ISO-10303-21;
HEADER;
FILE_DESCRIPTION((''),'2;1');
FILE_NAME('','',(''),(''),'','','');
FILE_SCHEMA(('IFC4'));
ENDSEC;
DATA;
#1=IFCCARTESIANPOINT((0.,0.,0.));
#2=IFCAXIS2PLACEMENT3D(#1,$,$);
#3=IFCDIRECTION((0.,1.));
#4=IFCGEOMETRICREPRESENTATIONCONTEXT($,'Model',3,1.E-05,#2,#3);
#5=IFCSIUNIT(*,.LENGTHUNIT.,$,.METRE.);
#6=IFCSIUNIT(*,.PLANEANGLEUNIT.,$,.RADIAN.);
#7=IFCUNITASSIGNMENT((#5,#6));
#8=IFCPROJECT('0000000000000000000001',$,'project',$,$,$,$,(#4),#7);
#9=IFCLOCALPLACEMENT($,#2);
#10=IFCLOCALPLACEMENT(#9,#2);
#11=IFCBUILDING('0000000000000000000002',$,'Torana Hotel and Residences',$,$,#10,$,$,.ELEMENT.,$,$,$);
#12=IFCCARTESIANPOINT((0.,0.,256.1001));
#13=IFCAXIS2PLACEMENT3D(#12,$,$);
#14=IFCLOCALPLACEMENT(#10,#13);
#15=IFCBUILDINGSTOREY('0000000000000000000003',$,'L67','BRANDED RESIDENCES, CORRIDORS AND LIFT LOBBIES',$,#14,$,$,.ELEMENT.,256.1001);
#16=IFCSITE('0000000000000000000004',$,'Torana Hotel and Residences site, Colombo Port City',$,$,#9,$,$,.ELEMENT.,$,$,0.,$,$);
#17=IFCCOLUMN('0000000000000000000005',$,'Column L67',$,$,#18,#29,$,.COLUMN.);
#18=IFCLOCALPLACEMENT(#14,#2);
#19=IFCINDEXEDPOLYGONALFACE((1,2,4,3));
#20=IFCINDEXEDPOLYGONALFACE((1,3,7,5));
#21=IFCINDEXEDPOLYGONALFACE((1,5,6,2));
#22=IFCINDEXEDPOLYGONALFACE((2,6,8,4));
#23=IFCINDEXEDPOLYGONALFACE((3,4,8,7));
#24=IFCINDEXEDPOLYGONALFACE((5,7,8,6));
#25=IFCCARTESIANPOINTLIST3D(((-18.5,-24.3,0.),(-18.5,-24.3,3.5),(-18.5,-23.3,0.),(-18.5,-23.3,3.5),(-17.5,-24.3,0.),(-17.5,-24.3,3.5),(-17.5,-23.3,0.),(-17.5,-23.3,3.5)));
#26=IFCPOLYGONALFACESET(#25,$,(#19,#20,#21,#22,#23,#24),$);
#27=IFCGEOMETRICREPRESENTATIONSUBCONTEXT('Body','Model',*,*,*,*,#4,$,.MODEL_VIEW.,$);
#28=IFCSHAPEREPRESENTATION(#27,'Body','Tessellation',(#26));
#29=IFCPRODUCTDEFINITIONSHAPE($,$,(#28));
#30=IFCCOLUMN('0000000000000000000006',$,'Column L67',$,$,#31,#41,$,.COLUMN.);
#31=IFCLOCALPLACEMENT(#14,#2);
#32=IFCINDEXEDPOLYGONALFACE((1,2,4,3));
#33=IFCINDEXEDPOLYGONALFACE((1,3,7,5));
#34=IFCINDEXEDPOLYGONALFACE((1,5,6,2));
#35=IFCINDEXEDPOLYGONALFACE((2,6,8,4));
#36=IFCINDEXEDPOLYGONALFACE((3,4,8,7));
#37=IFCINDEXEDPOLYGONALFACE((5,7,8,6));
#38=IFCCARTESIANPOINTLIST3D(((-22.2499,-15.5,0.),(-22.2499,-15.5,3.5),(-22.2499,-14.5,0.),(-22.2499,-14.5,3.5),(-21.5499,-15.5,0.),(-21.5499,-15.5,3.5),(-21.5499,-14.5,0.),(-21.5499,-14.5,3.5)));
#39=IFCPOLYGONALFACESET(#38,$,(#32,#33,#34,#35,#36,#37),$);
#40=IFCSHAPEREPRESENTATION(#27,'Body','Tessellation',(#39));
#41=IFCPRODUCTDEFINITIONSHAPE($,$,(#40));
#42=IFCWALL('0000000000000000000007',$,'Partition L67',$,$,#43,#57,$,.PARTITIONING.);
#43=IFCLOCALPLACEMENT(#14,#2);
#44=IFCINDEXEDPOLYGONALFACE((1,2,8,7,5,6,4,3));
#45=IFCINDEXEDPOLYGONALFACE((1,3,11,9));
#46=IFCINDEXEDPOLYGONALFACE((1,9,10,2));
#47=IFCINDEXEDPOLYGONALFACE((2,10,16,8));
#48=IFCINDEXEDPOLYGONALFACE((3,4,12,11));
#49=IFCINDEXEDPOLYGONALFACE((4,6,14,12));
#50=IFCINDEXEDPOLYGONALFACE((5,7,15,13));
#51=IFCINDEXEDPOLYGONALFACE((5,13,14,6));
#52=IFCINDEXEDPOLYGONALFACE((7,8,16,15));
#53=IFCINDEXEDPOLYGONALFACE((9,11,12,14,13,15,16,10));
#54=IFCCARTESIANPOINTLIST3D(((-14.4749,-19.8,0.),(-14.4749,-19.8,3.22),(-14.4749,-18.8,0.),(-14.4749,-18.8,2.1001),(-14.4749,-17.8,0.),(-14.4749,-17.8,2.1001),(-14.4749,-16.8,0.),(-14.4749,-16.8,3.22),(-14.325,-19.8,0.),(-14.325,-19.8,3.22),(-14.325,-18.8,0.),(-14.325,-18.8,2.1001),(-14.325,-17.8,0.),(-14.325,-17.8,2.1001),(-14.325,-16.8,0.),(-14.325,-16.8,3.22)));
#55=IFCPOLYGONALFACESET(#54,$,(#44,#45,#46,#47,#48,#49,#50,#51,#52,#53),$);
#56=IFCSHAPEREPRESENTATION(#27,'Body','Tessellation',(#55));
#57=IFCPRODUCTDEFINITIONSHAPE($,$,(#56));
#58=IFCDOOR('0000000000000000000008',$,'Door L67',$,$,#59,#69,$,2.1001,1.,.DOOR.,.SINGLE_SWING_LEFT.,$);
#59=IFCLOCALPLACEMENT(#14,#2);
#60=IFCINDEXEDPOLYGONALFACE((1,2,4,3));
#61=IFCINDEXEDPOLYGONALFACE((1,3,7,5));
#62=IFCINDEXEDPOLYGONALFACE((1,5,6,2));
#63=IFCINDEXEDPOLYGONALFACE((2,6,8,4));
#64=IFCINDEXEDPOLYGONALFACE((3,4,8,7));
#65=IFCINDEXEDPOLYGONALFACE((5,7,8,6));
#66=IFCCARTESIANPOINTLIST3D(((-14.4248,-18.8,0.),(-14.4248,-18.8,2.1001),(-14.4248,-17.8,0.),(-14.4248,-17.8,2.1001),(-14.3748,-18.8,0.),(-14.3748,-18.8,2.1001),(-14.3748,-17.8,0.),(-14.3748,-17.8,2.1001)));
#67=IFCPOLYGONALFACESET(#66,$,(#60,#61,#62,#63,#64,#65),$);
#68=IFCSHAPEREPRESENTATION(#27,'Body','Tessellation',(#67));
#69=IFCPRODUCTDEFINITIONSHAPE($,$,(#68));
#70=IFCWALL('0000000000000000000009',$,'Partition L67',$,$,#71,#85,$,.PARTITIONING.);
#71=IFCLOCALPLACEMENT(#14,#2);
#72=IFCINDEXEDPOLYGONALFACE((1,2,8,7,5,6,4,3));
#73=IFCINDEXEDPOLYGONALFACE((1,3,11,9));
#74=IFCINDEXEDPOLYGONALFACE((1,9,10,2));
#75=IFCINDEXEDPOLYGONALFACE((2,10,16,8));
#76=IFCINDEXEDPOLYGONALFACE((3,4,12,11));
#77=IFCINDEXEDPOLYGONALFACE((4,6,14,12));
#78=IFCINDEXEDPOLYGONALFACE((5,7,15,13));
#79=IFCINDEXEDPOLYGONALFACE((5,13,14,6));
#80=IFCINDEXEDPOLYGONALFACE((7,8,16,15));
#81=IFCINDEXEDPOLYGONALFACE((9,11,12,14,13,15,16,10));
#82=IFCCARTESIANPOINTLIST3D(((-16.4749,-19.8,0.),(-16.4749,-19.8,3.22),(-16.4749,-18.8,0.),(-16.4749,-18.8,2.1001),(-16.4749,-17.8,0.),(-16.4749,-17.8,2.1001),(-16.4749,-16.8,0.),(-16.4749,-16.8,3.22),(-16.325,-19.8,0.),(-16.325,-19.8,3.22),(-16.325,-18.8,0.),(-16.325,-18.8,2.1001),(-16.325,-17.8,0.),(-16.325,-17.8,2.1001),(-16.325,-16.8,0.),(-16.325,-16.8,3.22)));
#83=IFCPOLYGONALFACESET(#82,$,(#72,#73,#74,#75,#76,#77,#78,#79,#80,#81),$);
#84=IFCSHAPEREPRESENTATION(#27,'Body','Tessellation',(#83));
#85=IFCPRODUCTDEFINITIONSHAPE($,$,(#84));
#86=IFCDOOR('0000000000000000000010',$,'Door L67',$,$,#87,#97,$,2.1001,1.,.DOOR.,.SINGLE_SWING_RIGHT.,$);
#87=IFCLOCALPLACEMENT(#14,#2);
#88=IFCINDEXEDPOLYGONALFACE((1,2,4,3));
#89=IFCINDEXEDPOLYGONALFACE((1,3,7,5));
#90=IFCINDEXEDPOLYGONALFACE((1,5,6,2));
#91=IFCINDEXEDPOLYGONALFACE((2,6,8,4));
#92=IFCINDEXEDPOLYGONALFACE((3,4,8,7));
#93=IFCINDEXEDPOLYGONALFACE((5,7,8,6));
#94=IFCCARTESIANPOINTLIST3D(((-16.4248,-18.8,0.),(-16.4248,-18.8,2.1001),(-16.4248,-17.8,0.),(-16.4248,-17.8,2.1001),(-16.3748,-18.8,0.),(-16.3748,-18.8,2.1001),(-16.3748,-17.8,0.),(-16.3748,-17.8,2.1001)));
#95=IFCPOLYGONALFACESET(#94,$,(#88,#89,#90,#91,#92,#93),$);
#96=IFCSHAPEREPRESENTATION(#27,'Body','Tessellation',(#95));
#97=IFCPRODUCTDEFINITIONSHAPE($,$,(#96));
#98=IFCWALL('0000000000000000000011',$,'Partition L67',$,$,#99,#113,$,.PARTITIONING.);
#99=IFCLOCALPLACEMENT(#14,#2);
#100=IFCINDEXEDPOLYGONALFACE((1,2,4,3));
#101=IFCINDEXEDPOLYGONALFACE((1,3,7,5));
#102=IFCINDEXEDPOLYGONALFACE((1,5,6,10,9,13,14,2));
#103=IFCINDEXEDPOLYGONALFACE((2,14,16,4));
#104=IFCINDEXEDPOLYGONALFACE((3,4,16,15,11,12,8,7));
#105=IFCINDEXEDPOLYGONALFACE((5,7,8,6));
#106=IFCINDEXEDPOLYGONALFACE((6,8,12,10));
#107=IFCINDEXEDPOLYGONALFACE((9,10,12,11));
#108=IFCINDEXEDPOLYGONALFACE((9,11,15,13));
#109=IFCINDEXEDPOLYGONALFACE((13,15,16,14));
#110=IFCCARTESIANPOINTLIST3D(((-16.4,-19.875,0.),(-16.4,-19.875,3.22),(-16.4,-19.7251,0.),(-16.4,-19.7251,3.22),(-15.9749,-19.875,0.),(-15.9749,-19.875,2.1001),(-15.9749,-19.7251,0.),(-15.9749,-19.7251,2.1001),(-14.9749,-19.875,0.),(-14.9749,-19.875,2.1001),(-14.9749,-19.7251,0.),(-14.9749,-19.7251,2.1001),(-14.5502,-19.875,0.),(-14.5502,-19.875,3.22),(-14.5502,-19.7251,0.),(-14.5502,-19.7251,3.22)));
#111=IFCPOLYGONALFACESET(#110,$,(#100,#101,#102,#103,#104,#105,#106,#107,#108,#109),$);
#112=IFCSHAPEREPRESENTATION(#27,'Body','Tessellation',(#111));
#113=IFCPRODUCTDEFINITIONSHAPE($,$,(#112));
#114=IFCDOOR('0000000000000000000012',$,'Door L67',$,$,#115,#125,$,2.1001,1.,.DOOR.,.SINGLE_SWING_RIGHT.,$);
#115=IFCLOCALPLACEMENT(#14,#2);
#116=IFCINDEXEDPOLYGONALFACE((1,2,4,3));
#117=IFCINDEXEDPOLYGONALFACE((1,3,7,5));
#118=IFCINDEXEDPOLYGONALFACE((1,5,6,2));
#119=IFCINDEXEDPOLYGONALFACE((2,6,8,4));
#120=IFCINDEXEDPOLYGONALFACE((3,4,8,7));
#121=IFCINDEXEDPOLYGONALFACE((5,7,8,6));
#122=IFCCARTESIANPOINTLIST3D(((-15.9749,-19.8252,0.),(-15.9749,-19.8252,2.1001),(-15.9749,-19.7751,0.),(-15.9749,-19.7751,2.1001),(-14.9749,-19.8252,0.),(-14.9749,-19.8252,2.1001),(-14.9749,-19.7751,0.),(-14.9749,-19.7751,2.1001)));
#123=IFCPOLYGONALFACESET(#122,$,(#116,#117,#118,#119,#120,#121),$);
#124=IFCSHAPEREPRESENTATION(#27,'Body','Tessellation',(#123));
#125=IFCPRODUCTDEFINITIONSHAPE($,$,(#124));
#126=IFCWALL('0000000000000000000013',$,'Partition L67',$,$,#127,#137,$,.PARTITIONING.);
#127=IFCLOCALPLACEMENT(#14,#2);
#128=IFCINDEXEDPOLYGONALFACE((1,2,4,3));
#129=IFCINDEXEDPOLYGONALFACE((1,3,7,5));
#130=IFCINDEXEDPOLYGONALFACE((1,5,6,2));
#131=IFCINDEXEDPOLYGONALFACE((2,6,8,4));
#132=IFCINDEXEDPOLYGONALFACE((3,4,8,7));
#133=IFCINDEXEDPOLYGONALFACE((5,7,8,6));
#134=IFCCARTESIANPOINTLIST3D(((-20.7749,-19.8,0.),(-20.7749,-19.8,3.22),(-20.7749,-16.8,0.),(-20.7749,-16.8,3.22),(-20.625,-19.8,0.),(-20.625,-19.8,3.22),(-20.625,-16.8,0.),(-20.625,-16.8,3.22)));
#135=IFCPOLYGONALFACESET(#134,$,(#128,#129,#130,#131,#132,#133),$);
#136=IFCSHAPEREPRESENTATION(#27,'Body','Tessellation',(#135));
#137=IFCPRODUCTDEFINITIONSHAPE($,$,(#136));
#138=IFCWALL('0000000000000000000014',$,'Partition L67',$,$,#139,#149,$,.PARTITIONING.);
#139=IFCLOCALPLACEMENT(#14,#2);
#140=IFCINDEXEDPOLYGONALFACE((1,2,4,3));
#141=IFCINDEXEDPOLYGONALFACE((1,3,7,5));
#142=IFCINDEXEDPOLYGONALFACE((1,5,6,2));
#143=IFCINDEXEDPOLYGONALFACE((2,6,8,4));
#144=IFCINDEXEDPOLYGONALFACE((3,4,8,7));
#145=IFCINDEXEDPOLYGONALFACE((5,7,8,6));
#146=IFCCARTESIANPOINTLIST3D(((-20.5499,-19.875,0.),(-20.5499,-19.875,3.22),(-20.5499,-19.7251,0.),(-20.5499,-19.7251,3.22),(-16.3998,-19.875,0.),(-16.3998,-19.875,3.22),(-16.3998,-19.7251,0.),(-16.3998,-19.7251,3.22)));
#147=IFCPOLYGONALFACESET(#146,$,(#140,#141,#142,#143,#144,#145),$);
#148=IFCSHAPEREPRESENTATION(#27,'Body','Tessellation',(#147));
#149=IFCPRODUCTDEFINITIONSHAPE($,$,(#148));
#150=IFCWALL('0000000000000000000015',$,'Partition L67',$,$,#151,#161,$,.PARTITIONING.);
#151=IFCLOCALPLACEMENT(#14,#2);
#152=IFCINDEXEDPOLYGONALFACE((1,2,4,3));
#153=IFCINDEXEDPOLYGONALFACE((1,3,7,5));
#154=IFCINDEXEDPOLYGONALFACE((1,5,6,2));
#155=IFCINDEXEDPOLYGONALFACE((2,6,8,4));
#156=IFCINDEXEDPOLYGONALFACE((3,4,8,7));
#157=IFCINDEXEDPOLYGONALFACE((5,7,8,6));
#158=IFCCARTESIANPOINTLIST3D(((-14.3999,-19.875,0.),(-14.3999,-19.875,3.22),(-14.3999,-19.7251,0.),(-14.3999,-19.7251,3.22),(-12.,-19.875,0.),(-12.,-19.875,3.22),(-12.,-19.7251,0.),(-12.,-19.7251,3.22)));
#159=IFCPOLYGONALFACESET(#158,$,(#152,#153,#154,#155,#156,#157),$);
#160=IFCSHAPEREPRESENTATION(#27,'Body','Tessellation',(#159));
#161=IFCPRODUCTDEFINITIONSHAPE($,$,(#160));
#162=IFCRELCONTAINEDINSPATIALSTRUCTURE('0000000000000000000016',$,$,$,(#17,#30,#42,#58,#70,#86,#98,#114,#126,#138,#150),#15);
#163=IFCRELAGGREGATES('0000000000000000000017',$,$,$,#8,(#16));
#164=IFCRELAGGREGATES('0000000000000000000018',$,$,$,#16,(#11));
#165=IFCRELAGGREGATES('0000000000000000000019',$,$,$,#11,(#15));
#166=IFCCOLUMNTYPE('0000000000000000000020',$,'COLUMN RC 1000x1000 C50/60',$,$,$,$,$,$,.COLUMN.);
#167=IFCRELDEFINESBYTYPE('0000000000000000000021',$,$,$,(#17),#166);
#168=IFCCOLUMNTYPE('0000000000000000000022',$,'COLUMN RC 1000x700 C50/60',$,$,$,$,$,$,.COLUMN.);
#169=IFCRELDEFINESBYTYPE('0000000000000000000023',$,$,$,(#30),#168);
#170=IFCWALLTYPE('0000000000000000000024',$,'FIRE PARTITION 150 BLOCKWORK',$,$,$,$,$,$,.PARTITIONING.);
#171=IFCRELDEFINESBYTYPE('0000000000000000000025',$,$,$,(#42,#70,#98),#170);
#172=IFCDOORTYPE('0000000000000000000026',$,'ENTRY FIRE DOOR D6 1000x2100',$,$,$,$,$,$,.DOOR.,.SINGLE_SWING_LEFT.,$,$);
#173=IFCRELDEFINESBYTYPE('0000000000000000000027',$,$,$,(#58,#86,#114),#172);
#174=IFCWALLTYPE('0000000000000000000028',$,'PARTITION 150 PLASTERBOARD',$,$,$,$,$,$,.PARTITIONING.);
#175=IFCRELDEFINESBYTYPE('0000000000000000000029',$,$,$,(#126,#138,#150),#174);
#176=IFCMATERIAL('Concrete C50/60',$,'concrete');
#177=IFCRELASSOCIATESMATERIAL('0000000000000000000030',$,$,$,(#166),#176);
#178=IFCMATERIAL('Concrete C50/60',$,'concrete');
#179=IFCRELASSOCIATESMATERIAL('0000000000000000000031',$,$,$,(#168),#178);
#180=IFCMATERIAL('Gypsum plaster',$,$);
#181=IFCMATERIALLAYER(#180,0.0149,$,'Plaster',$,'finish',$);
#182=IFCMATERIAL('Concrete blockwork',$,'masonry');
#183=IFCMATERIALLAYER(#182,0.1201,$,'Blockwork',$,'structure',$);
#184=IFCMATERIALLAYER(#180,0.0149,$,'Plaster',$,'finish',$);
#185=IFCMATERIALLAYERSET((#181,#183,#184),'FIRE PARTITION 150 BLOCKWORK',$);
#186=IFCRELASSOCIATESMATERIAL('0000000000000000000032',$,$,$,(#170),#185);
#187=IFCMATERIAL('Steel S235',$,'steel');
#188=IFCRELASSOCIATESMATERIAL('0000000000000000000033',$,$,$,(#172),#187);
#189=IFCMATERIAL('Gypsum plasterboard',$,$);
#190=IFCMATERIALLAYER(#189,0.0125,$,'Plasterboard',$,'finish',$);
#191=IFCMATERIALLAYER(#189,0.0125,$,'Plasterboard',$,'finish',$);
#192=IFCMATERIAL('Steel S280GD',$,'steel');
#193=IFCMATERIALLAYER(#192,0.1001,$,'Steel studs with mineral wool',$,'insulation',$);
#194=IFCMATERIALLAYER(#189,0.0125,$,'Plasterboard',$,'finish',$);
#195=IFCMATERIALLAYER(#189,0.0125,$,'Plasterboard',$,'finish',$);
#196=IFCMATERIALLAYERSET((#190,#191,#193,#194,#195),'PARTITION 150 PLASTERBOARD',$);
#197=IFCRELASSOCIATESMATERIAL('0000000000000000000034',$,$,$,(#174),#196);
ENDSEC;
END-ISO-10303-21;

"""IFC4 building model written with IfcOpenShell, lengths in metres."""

from ifc_helpers import new_model, si_unit, direction, frame, frame_2d, origin, origin_2d, place, context, subcontext, project, spatial, rectangle, extrude, material, layer, layer_set, material_profile, profile_set, type_object, element, fill, save


model = new_model("IFC4")

# Units and contexts
model_context = context("Model", 3, precision=1e-05, world=origin(), true_north=direction((0.0, 1.0)))
body_context = subcontext(model_context, "Body", "Model", "MODEL_VIEW")
ifc_project = project(units=[si_unit("LENGTHUNIT", "METRE"), si_unit("PLANEANGLEUNIT", "RADIAN")], contexts=[model_context])

# Site, building, storey
site_placement = place(None, origin())
site = spatial("IfcSite", under=ifc_project, at=site_placement, Name="Torana Hotel and Residences site, Colombo Port City", CompositionType="ELEMENT", RefElevation=0.0)
building_placement = place(site_placement, origin())
building = spatial("IfcBuilding", under=site, at=building_placement, Name="Torana Hotel and Residences", CompositionType="ELEMENT")
storey_placement = place(building_placement, frame((0.0, 0.0, 256.1001)))
storey = spatial("IfcBuildingStorey", under=building, at=storey_placement, Name="L67", Description="BRANDED RESIDENCES, CORRIDORS AND LIFT LOBBIES", CompositionType="ELEMENT", Elevation=256.1001)

# Columns
ifc_material_1 = material(Name="Concrete C50/60", Category="concrete")
ifc_material_profile_1 = material_profile(ifc_material_1, rectangle(XDim=1.0, YDim=1.0, at=origin_2d()), Name="RC 1000x1000")
ifc_profile_set_1 = profile_set([ifc_material_profile_1], Name="Concrete C50/60")
column_type_1 = type_object("IfcColumnType", Name="COLUMN RC 1000x1000 C50/60", PredefinedType="COLUMN", material=ifc_profile_set_1)
column_1_placement = place(storey_placement, frame((-18.0, -23.8, 0.0), z_axis=(0.0, 0.0, 1.0), x_axis=(1.0, 0.0, 0.0)))
element("IfcColumn", 1, at=column_1_placement, inside=storey, type_object=column_type_1, Name="Column L67", PredefinedType="COLUMN", context=body_context, shape_type="SweptSolid", body=[
    extrude(rectangle(XDim=1.0, YDim=1.0, at=origin_2d()), origin(), (0.0, 0.0, 1.0), 3.5),
])
ifc_material_2 = material(Name="Concrete C50/60", Category="concrete")
ifc_material_profile_2 = material_profile(ifc_material_2, rectangle(XDim=1.0, YDim=0.7, at=origin_2d()), Name="RC 1000x700")
ifc_profile_set_2 = profile_set([ifc_material_profile_2], Name="Concrete C50/60")
column_type_2 = type_object("IfcColumnType", Name="COLUMN RC 1000x700 C50/60", PredefinedType="COLUMN", material=ifc_profile_set_2)
column_2_placement = place(storey_placement, frame((-21.8999, -15.0, 0.0), z_axis=(0.0, 0.0, 1.0), x_axis=(0.0, 1.0, 0.0)))
element("IfcColumn", 2, at=column_2_placement, inside=storey, type_object=column_type_2, Name="Column L67", PredefinedType="COLUMN", context=body_context, shape_type="SweptSolid", body=[
    extrude(rectangle(XDim=1.0, YDim=0.7, at=origin_2d()), origin(), (0.0, 0.0, 1.0), 3.5),
])

# Walls, openings, doors
ifc_material_3 = material(Name="Gypsum plaster")
ifc_layer_1 = layer(ifc_material_3, 0.0149, Name="Plaster", Category="finish")
ifc_material_4 = material(Name="Concrete blockwork", Category="masonry")
ifc_layer_2 = layer(ifc_material_4, 0.1201, Name="Blockwork", Category="structure")
ifc_layer_3 = layer(ifc_material_3, 0.0149, Name="Plaster", Category="finish")
ifc_layer_set_1 = layer_set([ifc_layer_1, ifc_layer_2, ifc_layer_3], Name="FIRE PARTITION 150 BLOCKWORK")
wall_type_1 = type_object("IfcWallType", Name="FIRE PARTITION 150 BLOCKWORK", PredefinedType="PARTITIONING", material=ifc_layer_set_1)
wall_1_placement = place(storey_placement, frame((-14.3999, -19.8, 0.0), z_axis=(0.0, 0.0, 1.0), x_axis=(0.0, 1.0, 0.0)))
wall_1 = element("IfcWall", 3, at=wall_1_placement, inside=storey, type_object=wall_type_1, Name="Partition L67", PredefinedType="PARTITIONING", context=body_context, shape_type="SweptSolid", body=[
    extrude(rectangle(XDim=3.0, YDim=0.1499, at=frame_2d((1.5, 0.0))), origin(), (0.0, 0.0, 1.0), 3.22),
])
opening_1_placement = place(wall_1_placement, frame((1.0, 0.0, 0.0)))
opening_1 = element("IfcOpeningElement", 4, at=opening_1_placement, cuts=wall_1, PredefinedType="OPENING", context=body_context, shape_type="SweptSolid", body=[
    extrude(rectangle(XDim=1.0, YDim=2.1001, at=frame_2d((0.5, 1.05))), frame((0.0, 0.085, 0.0), z_axis=(0.0, -1.0, 0.0), x_axis=(1.0, 0.0, 0.0)), (0.0, 0.0, 1.0), 0.1699),
])
ifc_material_5 = material(Name="Steel S235", Category="steel")
door_type = type_object("IfcDoorType", Name="ENTRY FIRE DOOR D6 1000x2100", OperationType="SINGLE_SWING_LEFT", PredefinedType="DOOR", material=ifc_material_5)
door_1_placement = place(opening_1_placement, frame((0.5, 0.0, 0.0), z_axis=(0.0, 0.0, 1.0), x_axis=(-1.0, 0.0, 0.0)))
door_1 = element("IfcDoor", 5, at=door_1_placement, inside=storey, type_object=door_type, Name="Door L67", OperationType="SINGLE_SWING_LEFT", OverallHeight=2.1001, OverallWidth=1.0, PredefinedType="DOOR", context=body_context, shape_type="SweptSolid", body=[
    extrude(rectangle(XDim=1.0, YDim=2.1001, at=frame_2d((0.0, 1.05))), frame((0.0, -0.0249, 0.0), z_axis=(0.0, 1.0, 0.0), x_axis=(-1.0, 0.0, 0.0)), (0.0, 0.0, 1.0), 0.05),
])
fill(opening_1, door_1)
wall_2_placement = place(storey_placement, frame((-16.3999, -19.8, 0.0), z_axis=(0.0, 0.0, 1.0), x_axis=(0.0, 1.0, 0.0)))
wall_2 = element("IfcWall", 6, at=wall_2_placement, inside=storey, type_object=wall_type_1, Name="Partition L67", PredefinedType="PARTITIONING", context=body_context, shape_type="SweptSolid", body=[
    extrude(rectangle(XDim=3.0, YDim=0.1499, at=frame_2d((1.5, 0.0))), origin(), (0.0, 0.0, 1.0), 3.22),
])
opening_2_placement = place(wall_2_placement, frame((1.0, 0.0, 0.0)))
opening_2 = element("IfcOpeningElement", 7, at=opening_2_placement, cuts=wall_2, PredefinedType="OPENING", context=body_context, shape_type="SweptSolid", body=[
    extrude(rectangle(XDim=1.0, YDim=2.1001, at=frame_2d((0.5, 1.05))), frame((0.0, 0.085, 0.0), z_axis=(0.0, -1.0, 0.0), x_axis=(1.0, 0.0, 0.0)), (0.0, 0.0, 1.0), 0.1699),
])
door_2_placement = place(opening_2_placement, origin())
door_2 = element("IfcDoor", 8, at=door_2_placement, inside=storey, type_object=door_type, Name="Door L67", OperationType="SINGLE_SWING_RIGHT", OverallHeight=2.1001, OverallWidth=1.0, PredefinedType="DOOR", context=body_context, shape_type="SweptSolid", body=[
    extrude(rectangle(XDim=1.0, YDim=2.1001, at=frame_2d((0.5, 1.05))), frame((0.0, 0.0249, 0.0), z_axis=(0.0, -1.0, 0.0), x_axis=(1.0, 0.0, 0.0)), (0.0, 0.0, 1.0), 0.05),
])
fill(opening_2, door_2)
wall_3_placement = place(storey_placement, frame((-16.3999, -19.8, 0.0), z_axis=(0.0, 0.0, 1.0), x_axis=(1.0, 0.0, 0.0)))
wall_3 = element("IfcWall", 9, at=wall_3_placement, inside=storey, type_object=wall_type_1, Name="Partition L67", PredefinedType="PARTITIONING", context=body_context, shape_type="SweptSolid", body=[
    extrude(rectangle(XDim=1.8499, YDim=0.1499, at=frame_2d((0.9248, 0.0))), origin(), (0.0, 0.0, 1.0), 3.22),
])
opening_3_placement = place(wall_3_placement, frame((0.425, 0.0, 0.0)))
opening_3 = element("IfcOpeningElement", 10, at=opening_3_placement, cuts=wall_3, PredefinedType="OPENING", context=body_context, shape_type="SweptSolid", body=[
    extrude(rectangle(XDim=1.0, YDim=2.1001, at=frame_2d((0.5, 1.05))), frame((0.0, 0.085, 0.0), z_axis=(0.0, -1.0, 0.0), x_axis=(1.0, 0.0, 0.0)), (0.0, 0.0, 1.0), 0.1699),
])
door_3_placement = place(opening_3_placement, frame((0.5, 0.0, 0.0), z_axis=(0.0, 0.0, 1.0), x_axis=(-1.0, 0.0, 0.0)))
door_3 = element("IfcDoor", 11, at=door_3_placement, inside=storey, type_object=door_type, Name="Door L67", OperationType="SINGLE_SWING_RIGHT", OverallHeight=2.1001, OverallWidth=1.0, PredefinedType="DOOR", context=body_context, shape_type="SweptSolid", body=[
    extrude(rectangle(XDim=1.0, YDim=2.1001, at=frame_2d((0.0, 1.05))), frame((0.0, -0.0249, 0.0), z_axis=(0.0, 1.0, 0.0), x_axis=(-1.0, 0.0, 0.0)), (0.0, 0.0, 1.0), 0.05),
])
fill(opening_3, door_3)

# Walls
ifc_material_6 = material(Name="Gypsum plasterboard")
ifc_layer_4 = layer(ifc_material_6, 0.0125, Name="Plasterboard", Category="finish")
ifc_layer_5 = layer(ifc_material_6, 0.0125, Name="Plasterboard", Category="finish")
ifc_material_7 = material(Name="Steel S280GD", Category="steel")
ifc_layer_6 = layer(ifc_material_7, 0.1001, Name="Steel studs with mineral wool", Category="insulation")
ifc_layer_7 = layer(ifc_material_6, 0.0125, Name="Plasterboard", Category="finish")
ifc_layer_8 = layer(ifc_material_6, 0.0125, Name="Plasterboard", Category="finish")
ifc_layer_set_2 = layer_set([ifc_layer_4, ifc_layer_5, ifc_layer_6, ifc_layer_7, ifc_layer_8], Name="PARTITION 150 PLASTERBOARD")
wall_type_2 = type_object("IfcWallType", Name="PARTITION 150 PLASTERBOARD", PredefinedType="PARTITIONING", material=ifc_layer_set_2)
wall_4_placement = place(storey_placement, frame((-20.7, -19.8, 0.0), z_axis=(0.0, 0.0, 1.0), x_axis=(0.0, 1.0, 0.0)))
element("IfcWall", 12, at=wall_4_placement, inside=storey, type_object=wall_type_2, Name="Partition L67", PredefinedType="PARTITIONING", context=body_context, shape_type="SweptSolid", body=[
    extrude(rectangle(XDim=3.0, YDim=0.1499, at=frame_2d((1.5, 0.0))), origin(), (0.0, 0.0, 1.0), 3.22),
])
wall_5_placement = place(storey_placement, frame((-20.55, -19.8, 0.0), z_axis=(0.0, 0.0, 1.0), x_axis=(1.0, 0.0, 0.0)))
element("IfcWall", 13, at=wall_5_placement, inside=storey, type_object=wall_type_2, Name="Partition L67", PredefinedType="PARTITIONING", context=body_context, shape_type="SweptSolid", body=[
    extrude(rectangle(XDim=4.1501, YDim=0.1499, at=frame_2d((2.0752, 0.0))), origin(), (0.0, 0.0, 1.0), 3.22),
])
wall_6_placement = place(storey_placement, frame((-14.3999, -19.8, 0.0), z_axis=(0.0, 0.0, 1.0), x_axis=(1.0, 0.0, 0.0)))
element("IfcWall", 14, at=wall_6_placement, inside=storey, type_object=wall_type_2, Name="Partition L67", PredefinedType="PARTITIONING", context=body_context, shape_type="SweptSolid", body=[
    extrude(rectangle(XDim=2.3999, YDim=0.1499, at=frame_2d((1.2, 0.0))), origin(), (0.0, 0.0, 1.0), 3.22),
])

save(model, "model.ifc")
